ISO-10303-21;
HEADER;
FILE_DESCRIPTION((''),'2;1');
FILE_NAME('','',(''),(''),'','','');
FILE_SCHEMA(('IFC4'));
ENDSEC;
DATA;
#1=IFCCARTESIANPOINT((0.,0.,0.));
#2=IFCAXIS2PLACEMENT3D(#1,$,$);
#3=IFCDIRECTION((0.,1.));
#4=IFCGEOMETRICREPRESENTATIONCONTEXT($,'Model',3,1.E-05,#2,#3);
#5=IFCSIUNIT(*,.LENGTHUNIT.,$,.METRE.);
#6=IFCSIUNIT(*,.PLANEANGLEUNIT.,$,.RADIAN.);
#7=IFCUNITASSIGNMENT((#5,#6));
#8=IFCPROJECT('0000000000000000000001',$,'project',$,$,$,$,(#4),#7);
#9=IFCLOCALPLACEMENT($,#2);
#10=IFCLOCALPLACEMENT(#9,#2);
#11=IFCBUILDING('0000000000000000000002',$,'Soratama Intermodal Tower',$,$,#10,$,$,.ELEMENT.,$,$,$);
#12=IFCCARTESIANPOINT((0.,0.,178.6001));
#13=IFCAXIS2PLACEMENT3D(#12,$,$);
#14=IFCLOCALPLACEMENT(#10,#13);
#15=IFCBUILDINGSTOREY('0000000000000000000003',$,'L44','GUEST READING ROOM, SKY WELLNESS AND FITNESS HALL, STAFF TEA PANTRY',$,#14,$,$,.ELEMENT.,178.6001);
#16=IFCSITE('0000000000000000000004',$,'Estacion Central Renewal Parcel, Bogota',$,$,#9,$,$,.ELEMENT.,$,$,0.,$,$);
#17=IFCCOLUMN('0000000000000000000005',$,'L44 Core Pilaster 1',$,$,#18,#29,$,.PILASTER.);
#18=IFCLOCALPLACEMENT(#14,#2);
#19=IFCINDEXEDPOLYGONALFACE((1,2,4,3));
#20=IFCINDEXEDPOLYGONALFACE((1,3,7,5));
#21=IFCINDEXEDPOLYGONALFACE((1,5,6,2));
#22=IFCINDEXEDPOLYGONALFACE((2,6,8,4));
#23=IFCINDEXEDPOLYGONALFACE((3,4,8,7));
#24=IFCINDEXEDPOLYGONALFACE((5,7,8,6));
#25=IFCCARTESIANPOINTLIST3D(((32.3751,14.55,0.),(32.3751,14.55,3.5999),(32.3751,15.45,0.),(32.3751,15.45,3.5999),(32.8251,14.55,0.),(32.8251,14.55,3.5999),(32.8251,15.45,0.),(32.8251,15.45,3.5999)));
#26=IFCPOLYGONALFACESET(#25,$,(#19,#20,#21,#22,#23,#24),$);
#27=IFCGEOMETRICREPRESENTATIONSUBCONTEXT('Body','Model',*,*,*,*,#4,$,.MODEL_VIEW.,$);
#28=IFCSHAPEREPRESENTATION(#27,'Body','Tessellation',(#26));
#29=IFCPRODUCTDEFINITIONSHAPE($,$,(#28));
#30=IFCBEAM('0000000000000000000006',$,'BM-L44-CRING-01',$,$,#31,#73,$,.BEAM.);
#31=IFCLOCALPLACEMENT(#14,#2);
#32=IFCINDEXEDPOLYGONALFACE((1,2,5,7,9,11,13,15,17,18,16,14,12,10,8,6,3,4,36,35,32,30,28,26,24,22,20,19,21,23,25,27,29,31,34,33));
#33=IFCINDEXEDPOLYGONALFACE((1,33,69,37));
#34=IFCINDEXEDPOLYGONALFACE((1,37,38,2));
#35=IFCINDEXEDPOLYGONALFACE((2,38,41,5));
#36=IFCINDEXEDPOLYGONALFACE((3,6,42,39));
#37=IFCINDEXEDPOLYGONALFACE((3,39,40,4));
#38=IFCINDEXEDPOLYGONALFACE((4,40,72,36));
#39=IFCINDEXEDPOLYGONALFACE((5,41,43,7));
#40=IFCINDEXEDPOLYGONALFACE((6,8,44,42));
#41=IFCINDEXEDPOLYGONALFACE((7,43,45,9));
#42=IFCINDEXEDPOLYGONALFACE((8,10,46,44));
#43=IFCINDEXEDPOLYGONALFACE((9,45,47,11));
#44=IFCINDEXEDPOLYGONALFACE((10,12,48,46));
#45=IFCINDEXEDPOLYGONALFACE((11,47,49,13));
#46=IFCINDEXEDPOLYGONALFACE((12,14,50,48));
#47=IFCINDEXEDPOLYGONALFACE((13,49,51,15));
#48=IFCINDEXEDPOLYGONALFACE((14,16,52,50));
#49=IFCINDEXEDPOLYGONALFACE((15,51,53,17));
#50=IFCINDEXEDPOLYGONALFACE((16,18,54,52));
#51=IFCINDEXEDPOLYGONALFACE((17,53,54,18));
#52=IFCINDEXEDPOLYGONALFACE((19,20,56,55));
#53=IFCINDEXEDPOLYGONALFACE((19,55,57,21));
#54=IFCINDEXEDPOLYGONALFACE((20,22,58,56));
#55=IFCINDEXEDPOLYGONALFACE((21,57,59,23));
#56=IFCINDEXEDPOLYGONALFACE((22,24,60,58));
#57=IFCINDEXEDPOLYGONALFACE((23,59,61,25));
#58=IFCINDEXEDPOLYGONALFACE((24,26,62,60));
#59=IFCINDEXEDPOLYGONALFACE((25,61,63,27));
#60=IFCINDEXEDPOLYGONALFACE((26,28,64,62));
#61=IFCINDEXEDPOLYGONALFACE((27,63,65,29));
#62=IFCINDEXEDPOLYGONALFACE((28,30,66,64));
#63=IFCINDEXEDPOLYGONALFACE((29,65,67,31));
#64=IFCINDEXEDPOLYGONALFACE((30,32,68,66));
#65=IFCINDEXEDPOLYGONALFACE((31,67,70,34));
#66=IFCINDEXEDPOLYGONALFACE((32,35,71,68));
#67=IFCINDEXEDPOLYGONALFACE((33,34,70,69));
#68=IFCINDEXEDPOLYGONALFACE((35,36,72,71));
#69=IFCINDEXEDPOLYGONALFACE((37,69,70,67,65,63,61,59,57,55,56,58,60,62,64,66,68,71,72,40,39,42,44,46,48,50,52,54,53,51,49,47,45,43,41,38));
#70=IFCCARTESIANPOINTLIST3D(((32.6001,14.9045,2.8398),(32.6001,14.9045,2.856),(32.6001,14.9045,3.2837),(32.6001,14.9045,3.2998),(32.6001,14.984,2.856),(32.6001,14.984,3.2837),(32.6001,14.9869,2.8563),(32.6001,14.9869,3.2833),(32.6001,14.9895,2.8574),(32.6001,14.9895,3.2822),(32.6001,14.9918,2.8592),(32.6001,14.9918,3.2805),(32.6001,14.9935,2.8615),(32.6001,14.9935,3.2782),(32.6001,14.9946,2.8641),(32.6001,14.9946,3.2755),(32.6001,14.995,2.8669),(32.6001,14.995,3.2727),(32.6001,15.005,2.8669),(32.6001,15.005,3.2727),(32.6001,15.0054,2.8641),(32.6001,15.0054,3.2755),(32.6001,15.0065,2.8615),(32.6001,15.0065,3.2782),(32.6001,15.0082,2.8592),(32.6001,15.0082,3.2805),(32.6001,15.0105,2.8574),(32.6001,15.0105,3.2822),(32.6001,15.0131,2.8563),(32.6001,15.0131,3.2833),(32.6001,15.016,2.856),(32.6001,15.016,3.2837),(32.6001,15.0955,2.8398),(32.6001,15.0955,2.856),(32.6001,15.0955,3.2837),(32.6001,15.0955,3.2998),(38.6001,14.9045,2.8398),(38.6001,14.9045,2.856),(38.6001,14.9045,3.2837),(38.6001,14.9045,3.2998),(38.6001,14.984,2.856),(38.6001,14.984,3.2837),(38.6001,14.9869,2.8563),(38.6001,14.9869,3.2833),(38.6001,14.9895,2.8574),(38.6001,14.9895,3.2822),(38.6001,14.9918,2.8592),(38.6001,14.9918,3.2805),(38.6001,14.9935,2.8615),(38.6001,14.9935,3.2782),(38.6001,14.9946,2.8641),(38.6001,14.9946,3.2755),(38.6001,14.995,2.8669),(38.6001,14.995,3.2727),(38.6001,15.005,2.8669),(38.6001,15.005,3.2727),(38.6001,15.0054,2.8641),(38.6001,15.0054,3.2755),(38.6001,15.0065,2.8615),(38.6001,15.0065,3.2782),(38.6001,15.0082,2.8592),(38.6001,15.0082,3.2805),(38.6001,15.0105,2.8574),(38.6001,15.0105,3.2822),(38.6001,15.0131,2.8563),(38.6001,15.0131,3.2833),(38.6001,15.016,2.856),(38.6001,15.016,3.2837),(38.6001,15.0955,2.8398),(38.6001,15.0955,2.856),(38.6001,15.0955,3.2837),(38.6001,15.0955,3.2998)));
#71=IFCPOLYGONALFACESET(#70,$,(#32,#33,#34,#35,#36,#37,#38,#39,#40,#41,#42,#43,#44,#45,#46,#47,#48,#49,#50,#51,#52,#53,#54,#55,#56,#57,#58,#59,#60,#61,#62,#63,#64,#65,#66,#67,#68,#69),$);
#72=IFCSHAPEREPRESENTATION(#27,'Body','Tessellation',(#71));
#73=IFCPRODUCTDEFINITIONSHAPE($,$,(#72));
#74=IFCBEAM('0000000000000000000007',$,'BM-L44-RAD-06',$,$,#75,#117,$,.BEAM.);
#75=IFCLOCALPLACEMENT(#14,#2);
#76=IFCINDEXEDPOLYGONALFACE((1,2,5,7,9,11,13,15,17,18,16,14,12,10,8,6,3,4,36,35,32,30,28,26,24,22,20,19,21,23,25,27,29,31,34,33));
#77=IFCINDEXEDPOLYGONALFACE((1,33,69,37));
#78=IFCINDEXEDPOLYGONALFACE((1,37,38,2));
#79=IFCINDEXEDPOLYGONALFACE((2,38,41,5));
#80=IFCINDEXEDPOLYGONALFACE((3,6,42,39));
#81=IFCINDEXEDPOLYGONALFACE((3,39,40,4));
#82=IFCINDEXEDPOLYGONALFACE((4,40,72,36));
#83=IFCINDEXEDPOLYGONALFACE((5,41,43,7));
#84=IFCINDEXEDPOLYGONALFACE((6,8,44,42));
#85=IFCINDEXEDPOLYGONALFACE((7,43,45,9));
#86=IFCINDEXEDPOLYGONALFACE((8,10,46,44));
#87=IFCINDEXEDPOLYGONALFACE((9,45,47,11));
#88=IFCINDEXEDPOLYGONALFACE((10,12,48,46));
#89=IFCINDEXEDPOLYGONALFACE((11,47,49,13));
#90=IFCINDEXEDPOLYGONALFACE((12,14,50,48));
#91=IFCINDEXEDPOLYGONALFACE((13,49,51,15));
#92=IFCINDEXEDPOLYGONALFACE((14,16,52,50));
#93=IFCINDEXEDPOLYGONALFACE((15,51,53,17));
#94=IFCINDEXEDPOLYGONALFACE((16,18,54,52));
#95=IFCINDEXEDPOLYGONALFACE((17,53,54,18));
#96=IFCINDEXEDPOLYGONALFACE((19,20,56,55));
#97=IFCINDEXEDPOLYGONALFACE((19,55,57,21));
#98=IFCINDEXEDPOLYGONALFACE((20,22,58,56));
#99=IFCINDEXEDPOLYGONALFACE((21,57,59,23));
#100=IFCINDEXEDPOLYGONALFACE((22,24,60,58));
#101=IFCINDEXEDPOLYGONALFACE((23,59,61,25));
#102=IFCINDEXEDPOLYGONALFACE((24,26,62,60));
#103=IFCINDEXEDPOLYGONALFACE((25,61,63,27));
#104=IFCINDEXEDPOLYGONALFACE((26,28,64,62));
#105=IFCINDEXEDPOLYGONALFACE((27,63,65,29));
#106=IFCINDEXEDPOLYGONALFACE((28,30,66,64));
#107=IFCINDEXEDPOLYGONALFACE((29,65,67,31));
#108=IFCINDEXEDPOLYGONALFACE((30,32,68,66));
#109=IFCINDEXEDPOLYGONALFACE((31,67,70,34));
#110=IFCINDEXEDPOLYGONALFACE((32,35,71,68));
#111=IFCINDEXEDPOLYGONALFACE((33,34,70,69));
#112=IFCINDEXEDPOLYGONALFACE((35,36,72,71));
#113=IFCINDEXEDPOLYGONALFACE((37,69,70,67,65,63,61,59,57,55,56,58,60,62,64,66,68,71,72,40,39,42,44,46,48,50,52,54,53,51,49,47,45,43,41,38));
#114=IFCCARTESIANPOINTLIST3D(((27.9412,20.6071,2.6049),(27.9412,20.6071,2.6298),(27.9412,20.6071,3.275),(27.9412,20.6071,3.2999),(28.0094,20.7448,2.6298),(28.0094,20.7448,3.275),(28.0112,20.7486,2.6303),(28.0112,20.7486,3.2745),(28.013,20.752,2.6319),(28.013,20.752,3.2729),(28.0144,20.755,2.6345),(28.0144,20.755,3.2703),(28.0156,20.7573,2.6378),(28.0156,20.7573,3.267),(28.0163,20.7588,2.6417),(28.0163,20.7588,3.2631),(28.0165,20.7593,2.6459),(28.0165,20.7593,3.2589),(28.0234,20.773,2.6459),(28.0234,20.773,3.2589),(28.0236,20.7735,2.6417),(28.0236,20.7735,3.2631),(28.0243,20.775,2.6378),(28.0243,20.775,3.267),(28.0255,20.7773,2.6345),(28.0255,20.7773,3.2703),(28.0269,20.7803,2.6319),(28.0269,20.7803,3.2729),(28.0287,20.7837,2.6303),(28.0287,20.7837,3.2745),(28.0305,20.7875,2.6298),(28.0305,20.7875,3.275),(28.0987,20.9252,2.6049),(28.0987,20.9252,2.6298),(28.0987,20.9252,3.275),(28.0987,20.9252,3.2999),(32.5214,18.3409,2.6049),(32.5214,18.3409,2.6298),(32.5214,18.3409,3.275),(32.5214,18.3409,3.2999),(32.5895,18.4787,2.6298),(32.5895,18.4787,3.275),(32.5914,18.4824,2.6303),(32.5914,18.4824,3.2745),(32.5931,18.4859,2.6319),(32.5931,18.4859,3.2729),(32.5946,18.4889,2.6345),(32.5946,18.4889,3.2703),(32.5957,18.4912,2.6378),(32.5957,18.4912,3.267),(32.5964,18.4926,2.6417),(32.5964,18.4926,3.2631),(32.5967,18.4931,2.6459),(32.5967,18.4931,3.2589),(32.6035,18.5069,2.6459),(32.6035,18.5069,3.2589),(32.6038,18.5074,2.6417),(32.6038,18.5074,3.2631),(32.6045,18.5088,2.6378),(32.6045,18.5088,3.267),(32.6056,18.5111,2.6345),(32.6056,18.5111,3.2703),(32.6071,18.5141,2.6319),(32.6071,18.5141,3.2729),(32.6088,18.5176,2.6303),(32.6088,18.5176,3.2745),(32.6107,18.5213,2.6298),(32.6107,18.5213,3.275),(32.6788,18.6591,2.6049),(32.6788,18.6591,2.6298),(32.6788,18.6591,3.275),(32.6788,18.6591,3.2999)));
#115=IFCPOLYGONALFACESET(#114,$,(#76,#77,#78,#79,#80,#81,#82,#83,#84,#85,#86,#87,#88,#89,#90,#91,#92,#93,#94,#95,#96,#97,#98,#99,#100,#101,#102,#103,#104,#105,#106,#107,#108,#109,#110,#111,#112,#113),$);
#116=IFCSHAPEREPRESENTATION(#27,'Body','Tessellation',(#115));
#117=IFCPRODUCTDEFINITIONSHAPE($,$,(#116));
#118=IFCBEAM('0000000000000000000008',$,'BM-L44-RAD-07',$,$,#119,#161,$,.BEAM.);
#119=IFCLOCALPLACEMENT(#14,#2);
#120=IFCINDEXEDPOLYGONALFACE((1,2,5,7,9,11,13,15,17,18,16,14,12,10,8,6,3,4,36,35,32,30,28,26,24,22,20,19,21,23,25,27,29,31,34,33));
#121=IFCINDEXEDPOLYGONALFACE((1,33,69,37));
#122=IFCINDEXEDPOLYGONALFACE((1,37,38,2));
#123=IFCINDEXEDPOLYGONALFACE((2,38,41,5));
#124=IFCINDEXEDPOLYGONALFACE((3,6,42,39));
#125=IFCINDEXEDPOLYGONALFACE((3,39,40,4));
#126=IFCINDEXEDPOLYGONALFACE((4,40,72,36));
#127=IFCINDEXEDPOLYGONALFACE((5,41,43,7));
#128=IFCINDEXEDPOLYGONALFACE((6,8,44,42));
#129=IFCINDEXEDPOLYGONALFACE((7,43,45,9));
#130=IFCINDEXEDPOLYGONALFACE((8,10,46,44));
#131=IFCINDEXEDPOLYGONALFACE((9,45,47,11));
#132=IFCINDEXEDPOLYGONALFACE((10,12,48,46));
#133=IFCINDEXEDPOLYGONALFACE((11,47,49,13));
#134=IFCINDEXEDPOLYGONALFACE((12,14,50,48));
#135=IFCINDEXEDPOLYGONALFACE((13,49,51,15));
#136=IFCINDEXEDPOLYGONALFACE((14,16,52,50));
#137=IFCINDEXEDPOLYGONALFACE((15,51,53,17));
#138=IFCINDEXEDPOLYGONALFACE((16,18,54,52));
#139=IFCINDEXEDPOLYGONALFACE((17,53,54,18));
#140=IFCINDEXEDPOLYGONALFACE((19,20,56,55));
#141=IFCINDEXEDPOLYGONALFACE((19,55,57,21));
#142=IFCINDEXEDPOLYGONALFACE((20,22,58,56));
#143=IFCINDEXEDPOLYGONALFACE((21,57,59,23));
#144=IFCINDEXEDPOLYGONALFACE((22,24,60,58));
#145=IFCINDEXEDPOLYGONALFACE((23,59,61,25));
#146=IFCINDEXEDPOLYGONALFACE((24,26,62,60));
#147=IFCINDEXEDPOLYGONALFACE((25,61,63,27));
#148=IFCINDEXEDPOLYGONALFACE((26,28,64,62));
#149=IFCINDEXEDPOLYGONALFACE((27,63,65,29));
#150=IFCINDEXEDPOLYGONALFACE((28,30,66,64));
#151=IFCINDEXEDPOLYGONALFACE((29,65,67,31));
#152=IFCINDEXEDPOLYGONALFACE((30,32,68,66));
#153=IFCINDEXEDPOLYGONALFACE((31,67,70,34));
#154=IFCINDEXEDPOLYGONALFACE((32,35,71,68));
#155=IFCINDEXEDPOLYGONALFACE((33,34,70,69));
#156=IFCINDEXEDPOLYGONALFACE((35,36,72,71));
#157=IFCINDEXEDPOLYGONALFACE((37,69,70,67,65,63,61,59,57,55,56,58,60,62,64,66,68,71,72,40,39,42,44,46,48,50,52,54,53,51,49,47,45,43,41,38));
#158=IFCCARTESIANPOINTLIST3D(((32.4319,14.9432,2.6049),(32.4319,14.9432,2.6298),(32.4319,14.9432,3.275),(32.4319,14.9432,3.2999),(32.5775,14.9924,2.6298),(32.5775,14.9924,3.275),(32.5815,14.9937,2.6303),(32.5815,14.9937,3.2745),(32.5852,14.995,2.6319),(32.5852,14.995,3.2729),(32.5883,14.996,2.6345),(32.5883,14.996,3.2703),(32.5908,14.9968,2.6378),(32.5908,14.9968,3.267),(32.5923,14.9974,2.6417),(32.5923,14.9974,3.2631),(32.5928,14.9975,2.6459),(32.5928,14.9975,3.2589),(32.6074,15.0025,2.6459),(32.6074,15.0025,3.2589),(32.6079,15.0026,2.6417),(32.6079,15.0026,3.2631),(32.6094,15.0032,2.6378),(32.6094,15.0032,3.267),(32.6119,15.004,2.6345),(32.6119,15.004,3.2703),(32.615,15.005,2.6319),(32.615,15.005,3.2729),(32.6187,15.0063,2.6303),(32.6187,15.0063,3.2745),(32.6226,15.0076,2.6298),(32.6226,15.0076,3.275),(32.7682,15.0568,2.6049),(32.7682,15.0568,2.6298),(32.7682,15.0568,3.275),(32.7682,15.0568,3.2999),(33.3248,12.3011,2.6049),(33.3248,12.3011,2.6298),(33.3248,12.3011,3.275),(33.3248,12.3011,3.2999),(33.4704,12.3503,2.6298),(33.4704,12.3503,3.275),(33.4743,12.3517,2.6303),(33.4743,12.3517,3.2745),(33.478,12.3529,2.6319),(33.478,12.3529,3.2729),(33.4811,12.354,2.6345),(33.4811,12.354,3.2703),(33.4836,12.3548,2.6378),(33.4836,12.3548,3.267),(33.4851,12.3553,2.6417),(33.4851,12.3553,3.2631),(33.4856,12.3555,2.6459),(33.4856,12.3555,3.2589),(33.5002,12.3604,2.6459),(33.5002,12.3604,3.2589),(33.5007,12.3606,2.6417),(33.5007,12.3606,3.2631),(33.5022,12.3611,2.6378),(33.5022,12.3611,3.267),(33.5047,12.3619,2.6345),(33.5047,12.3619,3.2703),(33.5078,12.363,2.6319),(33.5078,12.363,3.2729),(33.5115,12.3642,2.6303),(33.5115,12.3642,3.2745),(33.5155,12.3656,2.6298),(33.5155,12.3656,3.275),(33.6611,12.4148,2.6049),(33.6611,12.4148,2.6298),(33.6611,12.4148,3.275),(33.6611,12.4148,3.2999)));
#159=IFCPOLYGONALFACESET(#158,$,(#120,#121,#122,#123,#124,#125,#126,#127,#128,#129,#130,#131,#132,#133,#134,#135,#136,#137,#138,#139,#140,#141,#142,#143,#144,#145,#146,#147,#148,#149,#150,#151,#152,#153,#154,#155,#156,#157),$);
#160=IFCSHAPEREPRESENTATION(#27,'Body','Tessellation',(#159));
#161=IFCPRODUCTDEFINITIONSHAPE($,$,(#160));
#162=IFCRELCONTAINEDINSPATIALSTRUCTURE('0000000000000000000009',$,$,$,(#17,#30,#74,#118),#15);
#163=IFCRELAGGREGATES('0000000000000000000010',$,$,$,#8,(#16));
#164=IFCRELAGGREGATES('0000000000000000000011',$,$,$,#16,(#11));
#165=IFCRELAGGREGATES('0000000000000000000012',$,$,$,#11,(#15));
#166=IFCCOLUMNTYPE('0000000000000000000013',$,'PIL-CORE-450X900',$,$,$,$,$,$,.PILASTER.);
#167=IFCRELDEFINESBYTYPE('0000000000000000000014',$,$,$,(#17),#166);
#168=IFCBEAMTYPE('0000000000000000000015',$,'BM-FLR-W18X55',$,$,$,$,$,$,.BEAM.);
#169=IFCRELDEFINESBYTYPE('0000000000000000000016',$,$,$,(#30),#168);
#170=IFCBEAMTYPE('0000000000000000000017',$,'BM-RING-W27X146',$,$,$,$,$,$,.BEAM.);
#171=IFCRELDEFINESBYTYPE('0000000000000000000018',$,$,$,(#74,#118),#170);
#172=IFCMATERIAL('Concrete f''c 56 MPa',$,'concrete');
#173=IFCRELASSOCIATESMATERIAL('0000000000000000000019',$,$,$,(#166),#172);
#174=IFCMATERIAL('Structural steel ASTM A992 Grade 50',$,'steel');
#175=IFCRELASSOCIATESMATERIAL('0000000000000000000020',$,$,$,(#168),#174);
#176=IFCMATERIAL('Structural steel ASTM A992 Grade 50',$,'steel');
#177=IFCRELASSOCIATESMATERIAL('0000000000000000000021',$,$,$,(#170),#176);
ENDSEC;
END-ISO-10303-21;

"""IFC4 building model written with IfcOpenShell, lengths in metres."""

from ifc_helpers import new_model, si_unit, direction, frame, origin, origin_2d, place, context, subcontext, project, spatial, rectangle, i_section, extrude, material, material_profile, profile_set, type_object, element, save


model = new_model("IFC4")

# Units and contexts
model_context = context("Model", 3, precision=1e-05, world=origin(), true_north=direction((0.0, 1.0)))
body_context = subcontext(model_context, "Body", "Model", "MODEL_VIEW")
ifc_project = project(units=[si_unit("LENGTHUNIT", "METRE"), si_unit("PLANEANGLEUNIT", "RADIAN")], contexts=[model_context])

# Site, building, storey
site_placement = place(None, origin())
site = spatial("IfcSite", under=ifc_project, at=site_placement, Name="Estacion Central Renewal Parcel, Bogota", CompositionType="ELEMENT", RefElevation=0.0)
building_placement = place(site_placement, origin())
building = spatial("IfcBuilding", under=site, at=building_placement, Name="Soratama Intermodal Tower", CompositionType="ELEMENT")
storey_placement = place(building_placement, frame((0.0, 0.0, 178.6001)))
storey = spatial("IfcBuildingStorey", under=building, at=storey_placement, Name="L44", Description="GUEST READING ROOM, SKY WELLNESS AND FITNESS HALL, STAFF TEA PANTRY", CompositionType="ELEMENT", Elevation=178.6001)

# Column
ifc_material_1 = material(Name="Concrete f'c 56 MPa", Category="concrete")
ifc_material_profile_1 = material_profile(ifc_material_1, rectangle(XDim=0.45, YDim=0.8999, at=origin_2d()), Name="RC450X900")
ifc_profile_set_1 = profile_set([ifc_material_profile_1], Name="Concrete f'c 56 MPa")
column_type = type_object("IfcColumnType", Name="PIL-CORE-450X900", PredefinedType="PILASTER", material=ifc_profile_set_1)
column_placement = place(storey_placement, frame((32.6001, 15.0, 0.0), z_axis=(0.0, 0.0, 1.0), x_axis=(1.0, 0.0, 0.0)))
element("IfcColumn", 1, at=column_placement, inside=storey, type_object=column_type, Name="L44 Core Pilaster 1", PredefinedType="PILASTER", context=body_context, shape_type="SweptSolid", body=[
    extrude(rectangle(XDim=0.45, YDim=0.8999, at=origin_2d()), origin(), (0.0, 0.0, 1.0), 3.5999),
])

# Beams
ifc_material_2 = material(Name="Structural steel ASTM A992 Grade 50", Category="steel")
ifc_material_profile_2 = material_profile(ifc_material_2, i_section(OverallWidth=0.1909, OverallDepth=0.46, WebThickness=0.01, FlangeThickness=0.0161, FilletRadius=0.011, at=origin_2d()), Name="W18X55")
ifc_profile_set_2 = profile_set([ifc_material_profile_2], Name="Structural steel ASTM A992 Grade 50")
beam_type_1 = type_object("IfcBeamType", Name="BM-FLR-W18X55", PredefinedType="BEAM", material=ifc_profile_set_2)
beam_1_placement = place(storey_placement, frame((32.6001, 15.0, 3.0698), z_axis=(1.0, 0.0, 0.0), x_axis=(0.0, 1.0, 0.0)))
element("IfcBeam", 2, at=beam_1_placement, inside=storey, type_object=beam_type_1, Name="BM-L44-CRING-01", PredefinedType="BEAM", context=body_context, shape_type="SweptSolid", body=[
    extrude(i_section(OverallWidth=0.1909, OverallDepth=0.46, WebThickness=0.01, FlangeThickness=0.0161, FilletRadius=0.011, at=origin_2d()), origin(), (0.0, 0.0, 1.0), 6.0),
])
ifc_material_3 = material(Name="Structural steel ASTM A992 Grade 50", Category="steel")
ifc_material_profile_3 = material_profile(ifc_material_3, i_section(OverallWidth=0.355, OverallDepth=0.6951, WebThickness=0.0154, FlangeThickness=0.0249, FilletRadius=0.0161, at=origin_2d()), Name="W27X146")
ifc_profile_set_3 = profile_set([ifc_material_profile_3], Name="Structural steel ASTM A992 Grade 50")
beam_type_2 = type_object("IfcBeamType", Name="BM-RING-W27X146", PredefinedType="BEAM", material=ifc_profile_set_3)
beam_2_placement = place(storey_placement, frame((32.6001, 18.5, 2.9524), z_axis=(-0.896292, 0.443464, 0.0), x_axis=(-0.443464, -0.896292, 0.0)))
element("IfcBeam", 3, at=beam_2_placement, inside=storey, type_object=beam_type_2, Name="BM-L44-RAD-06", PredefinedType="BEAM", context=body_context, shape_type="SweptSolid", body=[
    extrude(i_section(OverallWidth=0.355, OverallDepth=0.6951, WebThickness=0.0154, FlangeThickness=0.0249, FilletRadius=0.0161, at=origin_2d()), origin(), (0.0, 0.0, 1.0), 5.1101),
])
beam_3_placement = place(storey_placement, frame((32.6001, 15.0, 2.9524), z_axis=(0.320138, -0.947371, 0.0), x_axis=(0.947371, 0.320138, 0.0)))
element("IfcBeam", 4, at=beam_3_placement, inside=storey, type_object=beam_type_2, Name="BM-L44-RAD-07", PredefinedType="BEAM", context=body_context, shape_type="SweptSolid", body=[
    extrude(i_section(OverallWidth=0.355, OverallDepth=0.6951, WebThickness=0.0154, FlangeThickness=0.0249, FilletRadius=0.0161, at=origin_2d()), origin(), (0.0, 0.0, 1.0), 2.7888),
])

save(model, "model.ifc")
